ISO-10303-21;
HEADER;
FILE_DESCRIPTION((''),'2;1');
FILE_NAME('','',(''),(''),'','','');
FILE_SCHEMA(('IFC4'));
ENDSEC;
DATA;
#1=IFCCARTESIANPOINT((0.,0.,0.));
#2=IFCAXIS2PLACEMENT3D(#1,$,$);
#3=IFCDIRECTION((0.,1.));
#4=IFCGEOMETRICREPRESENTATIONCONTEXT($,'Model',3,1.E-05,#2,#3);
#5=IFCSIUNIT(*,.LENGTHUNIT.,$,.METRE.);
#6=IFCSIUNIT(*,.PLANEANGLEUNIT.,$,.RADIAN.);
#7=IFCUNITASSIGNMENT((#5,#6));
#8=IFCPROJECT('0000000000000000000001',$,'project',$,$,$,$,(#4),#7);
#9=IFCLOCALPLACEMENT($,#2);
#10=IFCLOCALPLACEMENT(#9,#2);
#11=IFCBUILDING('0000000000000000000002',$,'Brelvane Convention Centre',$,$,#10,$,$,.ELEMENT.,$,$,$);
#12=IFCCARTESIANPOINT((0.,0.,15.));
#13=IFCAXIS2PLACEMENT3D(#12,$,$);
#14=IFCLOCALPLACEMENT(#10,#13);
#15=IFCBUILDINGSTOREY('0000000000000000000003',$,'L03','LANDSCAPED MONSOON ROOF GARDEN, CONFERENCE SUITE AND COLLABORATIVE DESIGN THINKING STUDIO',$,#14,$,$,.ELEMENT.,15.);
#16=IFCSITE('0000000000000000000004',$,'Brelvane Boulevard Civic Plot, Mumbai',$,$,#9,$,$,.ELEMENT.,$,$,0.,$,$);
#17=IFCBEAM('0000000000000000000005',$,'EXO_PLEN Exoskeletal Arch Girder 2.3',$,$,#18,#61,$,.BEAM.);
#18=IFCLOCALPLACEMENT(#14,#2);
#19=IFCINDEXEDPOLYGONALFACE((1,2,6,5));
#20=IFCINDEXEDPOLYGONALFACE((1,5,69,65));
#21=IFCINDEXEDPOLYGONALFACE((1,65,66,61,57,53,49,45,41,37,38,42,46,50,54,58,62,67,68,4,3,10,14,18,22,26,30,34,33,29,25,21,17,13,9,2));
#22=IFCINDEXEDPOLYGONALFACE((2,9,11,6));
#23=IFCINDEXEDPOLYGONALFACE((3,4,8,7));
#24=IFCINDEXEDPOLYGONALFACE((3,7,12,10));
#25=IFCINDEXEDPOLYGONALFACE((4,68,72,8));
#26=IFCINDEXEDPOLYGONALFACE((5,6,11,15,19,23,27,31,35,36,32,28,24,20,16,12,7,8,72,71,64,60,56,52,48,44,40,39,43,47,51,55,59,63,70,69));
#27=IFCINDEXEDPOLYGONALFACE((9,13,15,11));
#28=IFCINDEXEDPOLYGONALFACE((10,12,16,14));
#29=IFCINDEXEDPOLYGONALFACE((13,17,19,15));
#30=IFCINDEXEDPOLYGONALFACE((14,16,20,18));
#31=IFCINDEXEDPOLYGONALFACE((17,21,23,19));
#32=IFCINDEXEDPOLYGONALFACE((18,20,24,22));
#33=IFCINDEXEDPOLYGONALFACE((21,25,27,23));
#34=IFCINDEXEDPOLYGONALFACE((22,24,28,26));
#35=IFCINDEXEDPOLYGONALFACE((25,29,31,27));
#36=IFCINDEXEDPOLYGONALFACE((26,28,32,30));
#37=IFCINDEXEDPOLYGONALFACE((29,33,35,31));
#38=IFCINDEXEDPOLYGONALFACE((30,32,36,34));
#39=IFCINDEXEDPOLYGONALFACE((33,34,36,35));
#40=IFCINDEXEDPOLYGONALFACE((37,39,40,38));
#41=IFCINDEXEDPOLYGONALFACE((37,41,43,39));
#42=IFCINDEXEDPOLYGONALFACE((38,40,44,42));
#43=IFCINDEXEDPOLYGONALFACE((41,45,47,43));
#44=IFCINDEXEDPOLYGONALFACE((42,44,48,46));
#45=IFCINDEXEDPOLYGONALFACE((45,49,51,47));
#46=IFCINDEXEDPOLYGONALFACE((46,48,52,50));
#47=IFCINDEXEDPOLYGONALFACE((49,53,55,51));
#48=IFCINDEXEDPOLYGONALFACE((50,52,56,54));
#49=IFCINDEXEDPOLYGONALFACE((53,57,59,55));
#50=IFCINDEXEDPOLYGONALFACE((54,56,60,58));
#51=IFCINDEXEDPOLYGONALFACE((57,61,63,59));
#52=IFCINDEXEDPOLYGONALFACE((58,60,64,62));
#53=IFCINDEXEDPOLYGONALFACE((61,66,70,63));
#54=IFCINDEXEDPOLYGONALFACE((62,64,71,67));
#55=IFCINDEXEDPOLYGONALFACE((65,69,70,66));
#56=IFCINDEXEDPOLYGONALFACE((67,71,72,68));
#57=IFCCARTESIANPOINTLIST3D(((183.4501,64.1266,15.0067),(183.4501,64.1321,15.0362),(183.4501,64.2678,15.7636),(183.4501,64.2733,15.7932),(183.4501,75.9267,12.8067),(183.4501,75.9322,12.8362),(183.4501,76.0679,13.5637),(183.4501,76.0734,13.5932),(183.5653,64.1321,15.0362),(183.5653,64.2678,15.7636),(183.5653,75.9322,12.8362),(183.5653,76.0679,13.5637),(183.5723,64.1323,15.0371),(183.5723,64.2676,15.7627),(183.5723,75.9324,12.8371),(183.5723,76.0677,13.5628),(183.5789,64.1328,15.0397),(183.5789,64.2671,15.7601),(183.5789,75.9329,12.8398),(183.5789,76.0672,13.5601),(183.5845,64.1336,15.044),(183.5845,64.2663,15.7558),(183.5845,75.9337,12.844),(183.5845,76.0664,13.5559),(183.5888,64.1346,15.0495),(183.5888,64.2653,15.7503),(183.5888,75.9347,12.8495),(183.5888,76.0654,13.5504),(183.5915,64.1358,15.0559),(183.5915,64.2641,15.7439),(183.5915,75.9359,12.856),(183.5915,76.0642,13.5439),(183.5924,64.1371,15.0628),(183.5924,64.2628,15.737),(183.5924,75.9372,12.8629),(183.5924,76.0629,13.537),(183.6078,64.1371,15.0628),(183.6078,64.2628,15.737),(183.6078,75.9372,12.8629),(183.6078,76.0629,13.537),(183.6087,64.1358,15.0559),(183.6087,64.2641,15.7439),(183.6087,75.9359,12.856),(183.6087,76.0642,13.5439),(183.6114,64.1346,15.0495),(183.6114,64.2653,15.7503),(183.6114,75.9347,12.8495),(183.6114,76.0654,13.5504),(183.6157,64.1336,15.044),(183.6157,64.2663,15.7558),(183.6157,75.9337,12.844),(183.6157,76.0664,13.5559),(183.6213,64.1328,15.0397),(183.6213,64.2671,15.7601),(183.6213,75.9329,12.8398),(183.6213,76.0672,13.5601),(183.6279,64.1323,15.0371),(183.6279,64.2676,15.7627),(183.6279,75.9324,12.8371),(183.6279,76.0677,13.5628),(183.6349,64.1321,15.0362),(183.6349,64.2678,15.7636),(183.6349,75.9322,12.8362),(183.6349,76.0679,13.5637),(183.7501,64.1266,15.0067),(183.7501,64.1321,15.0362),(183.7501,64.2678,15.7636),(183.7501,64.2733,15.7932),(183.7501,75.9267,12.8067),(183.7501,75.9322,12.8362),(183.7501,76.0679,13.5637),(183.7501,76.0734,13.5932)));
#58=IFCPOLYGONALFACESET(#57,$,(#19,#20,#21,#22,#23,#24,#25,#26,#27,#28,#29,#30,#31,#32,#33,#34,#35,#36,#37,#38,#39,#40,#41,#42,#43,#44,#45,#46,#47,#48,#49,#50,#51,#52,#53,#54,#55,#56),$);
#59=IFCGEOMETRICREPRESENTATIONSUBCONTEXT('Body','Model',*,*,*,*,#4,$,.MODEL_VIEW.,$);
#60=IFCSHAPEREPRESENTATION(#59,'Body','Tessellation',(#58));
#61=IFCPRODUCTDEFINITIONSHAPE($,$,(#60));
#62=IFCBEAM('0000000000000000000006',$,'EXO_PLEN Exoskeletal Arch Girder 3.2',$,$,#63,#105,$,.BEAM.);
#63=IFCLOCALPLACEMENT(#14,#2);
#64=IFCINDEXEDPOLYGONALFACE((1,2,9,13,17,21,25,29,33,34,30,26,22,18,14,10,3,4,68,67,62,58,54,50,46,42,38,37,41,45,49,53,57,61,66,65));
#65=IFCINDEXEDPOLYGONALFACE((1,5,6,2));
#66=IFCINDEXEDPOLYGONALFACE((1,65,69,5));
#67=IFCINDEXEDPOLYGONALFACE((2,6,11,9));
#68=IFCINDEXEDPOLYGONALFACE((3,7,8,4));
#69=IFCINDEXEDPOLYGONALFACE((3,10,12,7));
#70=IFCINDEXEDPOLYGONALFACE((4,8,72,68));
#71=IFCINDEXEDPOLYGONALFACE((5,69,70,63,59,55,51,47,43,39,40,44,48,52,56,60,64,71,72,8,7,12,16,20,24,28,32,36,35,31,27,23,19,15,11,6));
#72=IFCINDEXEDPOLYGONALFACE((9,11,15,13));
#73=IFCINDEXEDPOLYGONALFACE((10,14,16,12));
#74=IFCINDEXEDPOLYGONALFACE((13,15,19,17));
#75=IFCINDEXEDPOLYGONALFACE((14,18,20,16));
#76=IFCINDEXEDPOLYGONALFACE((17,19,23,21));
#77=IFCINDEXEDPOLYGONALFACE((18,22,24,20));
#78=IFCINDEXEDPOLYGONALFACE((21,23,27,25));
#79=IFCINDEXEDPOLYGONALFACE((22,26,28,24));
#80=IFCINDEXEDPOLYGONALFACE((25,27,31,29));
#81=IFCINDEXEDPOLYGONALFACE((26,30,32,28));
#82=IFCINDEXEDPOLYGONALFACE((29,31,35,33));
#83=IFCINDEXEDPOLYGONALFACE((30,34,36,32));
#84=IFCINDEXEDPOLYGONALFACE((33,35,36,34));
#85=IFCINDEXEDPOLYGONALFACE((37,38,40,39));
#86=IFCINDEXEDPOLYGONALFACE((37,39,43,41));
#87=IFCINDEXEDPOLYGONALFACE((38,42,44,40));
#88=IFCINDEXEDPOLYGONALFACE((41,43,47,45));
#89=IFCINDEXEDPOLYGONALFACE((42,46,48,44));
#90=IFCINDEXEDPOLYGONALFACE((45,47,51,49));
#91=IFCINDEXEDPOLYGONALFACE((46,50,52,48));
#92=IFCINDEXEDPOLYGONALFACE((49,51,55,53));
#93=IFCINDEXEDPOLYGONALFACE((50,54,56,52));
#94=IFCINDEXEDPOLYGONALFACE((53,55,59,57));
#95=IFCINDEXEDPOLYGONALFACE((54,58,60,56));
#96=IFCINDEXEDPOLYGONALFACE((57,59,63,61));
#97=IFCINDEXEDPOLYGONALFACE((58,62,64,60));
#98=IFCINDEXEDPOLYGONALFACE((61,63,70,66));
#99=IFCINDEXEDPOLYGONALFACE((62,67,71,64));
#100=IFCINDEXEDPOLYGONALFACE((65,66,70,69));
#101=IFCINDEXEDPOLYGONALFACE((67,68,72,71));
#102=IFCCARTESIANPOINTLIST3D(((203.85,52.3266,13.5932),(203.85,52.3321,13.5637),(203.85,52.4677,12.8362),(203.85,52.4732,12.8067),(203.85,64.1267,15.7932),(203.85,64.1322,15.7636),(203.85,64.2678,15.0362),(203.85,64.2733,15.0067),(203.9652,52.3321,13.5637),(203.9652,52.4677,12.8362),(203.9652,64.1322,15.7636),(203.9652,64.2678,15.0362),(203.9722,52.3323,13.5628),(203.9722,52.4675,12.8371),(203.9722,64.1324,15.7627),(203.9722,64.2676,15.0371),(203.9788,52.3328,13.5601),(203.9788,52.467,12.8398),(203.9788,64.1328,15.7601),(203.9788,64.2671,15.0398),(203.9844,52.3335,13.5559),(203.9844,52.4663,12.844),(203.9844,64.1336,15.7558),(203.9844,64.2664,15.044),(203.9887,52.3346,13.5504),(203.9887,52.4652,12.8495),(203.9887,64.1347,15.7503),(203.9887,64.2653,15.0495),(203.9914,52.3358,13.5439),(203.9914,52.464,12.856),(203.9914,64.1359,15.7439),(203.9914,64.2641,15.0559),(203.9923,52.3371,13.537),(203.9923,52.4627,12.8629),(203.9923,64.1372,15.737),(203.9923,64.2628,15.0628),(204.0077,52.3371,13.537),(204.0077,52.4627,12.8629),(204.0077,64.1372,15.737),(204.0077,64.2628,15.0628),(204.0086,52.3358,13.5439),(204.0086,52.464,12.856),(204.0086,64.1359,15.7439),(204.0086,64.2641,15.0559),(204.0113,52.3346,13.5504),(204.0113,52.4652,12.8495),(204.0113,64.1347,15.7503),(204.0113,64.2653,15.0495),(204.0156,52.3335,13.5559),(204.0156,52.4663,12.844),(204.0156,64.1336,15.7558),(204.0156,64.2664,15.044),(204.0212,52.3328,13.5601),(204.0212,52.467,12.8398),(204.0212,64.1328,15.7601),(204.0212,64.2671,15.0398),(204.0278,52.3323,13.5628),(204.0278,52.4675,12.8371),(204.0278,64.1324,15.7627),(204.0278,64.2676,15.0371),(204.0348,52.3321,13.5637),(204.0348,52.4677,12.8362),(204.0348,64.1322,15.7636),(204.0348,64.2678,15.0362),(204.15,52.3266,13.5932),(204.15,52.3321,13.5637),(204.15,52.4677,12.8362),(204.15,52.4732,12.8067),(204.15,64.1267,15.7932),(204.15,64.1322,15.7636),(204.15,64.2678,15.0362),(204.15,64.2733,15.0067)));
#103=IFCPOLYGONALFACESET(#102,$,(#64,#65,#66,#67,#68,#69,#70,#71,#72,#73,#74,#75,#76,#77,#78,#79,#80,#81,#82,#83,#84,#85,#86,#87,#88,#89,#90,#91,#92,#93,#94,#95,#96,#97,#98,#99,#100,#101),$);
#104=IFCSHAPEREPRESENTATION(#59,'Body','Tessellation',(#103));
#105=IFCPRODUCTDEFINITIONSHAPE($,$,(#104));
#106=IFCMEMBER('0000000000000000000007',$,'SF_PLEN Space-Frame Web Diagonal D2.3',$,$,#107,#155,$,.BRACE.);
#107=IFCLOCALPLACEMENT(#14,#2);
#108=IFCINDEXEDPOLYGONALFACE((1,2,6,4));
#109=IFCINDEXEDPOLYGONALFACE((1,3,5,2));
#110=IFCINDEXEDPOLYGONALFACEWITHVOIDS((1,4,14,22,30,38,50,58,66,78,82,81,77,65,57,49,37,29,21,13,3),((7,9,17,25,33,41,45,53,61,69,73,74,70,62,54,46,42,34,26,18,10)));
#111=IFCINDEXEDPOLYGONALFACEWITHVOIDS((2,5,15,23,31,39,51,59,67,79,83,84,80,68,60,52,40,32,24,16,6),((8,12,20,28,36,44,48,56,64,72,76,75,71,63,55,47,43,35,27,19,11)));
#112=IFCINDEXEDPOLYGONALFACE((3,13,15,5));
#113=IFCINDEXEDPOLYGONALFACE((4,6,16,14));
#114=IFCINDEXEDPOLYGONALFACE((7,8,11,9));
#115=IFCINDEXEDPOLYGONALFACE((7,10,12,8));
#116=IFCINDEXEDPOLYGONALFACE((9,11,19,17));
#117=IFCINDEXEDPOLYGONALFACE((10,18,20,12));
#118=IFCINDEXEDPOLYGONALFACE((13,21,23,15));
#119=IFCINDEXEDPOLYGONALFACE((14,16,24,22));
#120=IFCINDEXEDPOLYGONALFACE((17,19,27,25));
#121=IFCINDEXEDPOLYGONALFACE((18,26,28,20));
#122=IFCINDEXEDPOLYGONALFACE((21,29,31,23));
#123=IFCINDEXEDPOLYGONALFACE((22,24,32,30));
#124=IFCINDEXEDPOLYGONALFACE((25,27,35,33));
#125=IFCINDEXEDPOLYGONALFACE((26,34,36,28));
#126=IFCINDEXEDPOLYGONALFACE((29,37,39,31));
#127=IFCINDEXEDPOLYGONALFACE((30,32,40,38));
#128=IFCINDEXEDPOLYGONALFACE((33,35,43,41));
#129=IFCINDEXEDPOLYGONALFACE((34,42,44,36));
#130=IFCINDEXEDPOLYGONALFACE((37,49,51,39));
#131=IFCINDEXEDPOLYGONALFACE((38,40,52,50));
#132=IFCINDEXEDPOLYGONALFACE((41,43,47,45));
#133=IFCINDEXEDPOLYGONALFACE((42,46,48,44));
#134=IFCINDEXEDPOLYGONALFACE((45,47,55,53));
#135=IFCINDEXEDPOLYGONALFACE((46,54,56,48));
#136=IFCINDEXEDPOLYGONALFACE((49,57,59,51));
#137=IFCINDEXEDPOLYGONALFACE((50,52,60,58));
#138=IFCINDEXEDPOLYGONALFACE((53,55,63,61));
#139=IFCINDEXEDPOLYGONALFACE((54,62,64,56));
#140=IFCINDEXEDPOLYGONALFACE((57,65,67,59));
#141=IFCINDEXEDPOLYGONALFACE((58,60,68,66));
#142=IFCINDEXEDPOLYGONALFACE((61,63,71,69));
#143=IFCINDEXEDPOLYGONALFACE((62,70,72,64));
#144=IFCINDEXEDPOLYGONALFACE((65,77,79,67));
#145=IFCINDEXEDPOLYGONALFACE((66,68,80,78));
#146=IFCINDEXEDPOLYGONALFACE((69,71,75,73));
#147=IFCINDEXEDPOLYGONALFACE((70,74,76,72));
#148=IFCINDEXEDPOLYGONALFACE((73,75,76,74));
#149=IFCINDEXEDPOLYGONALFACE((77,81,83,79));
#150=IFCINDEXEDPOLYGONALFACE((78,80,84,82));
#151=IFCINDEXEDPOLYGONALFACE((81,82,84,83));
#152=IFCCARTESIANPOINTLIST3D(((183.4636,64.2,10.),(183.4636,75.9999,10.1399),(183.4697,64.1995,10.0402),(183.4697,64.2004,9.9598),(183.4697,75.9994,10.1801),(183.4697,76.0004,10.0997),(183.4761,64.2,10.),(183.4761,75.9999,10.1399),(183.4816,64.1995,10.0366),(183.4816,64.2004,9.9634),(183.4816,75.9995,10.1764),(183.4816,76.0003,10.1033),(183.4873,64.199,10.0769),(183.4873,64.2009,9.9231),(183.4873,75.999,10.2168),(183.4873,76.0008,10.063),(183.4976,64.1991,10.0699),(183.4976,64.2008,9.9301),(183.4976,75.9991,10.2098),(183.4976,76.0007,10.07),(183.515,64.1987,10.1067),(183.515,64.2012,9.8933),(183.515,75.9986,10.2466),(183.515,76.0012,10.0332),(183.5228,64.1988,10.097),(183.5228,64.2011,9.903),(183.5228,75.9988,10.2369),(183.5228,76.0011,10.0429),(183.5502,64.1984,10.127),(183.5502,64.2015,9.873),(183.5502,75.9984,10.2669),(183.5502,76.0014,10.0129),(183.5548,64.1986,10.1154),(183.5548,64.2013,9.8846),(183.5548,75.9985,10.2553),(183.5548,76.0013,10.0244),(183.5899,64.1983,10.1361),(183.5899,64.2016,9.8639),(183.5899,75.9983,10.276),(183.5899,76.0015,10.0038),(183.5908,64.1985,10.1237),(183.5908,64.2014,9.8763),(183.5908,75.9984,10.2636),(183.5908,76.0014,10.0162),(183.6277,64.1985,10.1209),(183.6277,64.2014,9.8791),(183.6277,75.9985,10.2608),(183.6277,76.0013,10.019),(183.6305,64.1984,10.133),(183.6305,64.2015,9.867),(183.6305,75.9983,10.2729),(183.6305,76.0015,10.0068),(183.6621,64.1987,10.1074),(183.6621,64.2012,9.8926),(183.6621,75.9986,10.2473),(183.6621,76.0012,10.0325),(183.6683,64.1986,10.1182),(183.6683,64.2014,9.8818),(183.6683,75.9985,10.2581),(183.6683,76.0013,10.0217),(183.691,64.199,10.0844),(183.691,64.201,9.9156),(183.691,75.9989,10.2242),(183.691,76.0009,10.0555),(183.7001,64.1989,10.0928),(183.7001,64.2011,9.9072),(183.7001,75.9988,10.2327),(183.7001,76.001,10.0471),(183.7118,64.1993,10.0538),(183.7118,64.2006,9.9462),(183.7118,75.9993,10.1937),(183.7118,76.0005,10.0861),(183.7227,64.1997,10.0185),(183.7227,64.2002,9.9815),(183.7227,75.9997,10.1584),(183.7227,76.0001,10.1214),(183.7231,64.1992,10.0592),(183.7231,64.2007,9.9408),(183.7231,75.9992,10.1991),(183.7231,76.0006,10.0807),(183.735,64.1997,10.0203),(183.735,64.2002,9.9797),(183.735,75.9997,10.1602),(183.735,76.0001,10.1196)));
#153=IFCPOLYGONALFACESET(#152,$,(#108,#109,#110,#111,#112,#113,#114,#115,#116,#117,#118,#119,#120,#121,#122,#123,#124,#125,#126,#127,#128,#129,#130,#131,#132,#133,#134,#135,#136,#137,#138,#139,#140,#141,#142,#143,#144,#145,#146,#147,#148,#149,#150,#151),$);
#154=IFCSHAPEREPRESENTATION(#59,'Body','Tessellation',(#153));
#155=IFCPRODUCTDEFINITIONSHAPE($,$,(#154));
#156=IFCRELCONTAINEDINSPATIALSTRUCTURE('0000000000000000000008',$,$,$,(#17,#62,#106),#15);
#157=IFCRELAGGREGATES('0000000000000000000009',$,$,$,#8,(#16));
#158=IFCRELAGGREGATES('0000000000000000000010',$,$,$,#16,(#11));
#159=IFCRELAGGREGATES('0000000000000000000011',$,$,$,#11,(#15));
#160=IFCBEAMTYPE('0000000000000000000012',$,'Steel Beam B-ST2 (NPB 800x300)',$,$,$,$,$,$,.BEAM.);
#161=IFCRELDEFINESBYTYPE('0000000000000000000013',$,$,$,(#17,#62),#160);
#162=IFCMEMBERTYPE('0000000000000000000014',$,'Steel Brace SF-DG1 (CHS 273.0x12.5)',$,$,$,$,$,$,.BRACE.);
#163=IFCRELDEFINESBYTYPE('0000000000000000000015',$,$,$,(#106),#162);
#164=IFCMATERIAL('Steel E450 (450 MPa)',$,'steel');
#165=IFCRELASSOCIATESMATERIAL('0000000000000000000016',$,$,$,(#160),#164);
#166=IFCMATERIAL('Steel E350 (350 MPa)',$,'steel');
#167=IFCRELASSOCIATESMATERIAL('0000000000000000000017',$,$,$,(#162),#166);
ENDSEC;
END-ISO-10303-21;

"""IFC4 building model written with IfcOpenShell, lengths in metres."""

from ifc_helpers import new_model, si_unit, direction, frame, origin, origin_2d, place, context, subcontext, project, spatial, hollow_circle, i_section, extrude, material, material_profile, profile_set, type_object, element, save


model = new_model("IFC4")

# Units and contexts
model_context = context("Model", 3, precision=1e-05, world=origin(), true_north=direction((0.0, 1.0)))
body_context = subcontext(model_context, "Body", "Model", "MODEL_VIEW")
ifc_project = project(units=[si_unit("LENGTHUNIT", "METRE"), si_unit("PLANEANGLEUNIT", "RADIAN")], contexts=[model_context])

# Site, building, storey
site_placement = place(None, origin())
site = spatial("IfcSite", under=ifc_project, at=site_placement, Name="Brelvane Boulevard Civic Plot, Mumbai", CompositionType="ELEMENT", RefElevation=0.0)
building_placement = place(site_placement, origin())
building = spatial("IfcBuilding", under=site, at=building_placement, Name="Brelvane Convention Centre", CompositionType="ELEMENT")
storey_placement = place(building_placement, frame((0.0, 0.0, 15.0)))
storey = spatial("IfcBuildingStorey", under=building, at=storey_placement, Name="L03", Description="LANDSCAPED MONSOON ROOF GARDEN, CONFERENCE SUITE AND COLLABORATIVE DESIGN THINKING STUDIO", CompositionType="ELEMENT", Elevation=15.0)

# Beams
ifc_material_1 = material(Name="Steel E450 (450 MPa)", Category="steel")
ifc_material_profile_1 = material_profile(ifc_material_1, i_section(OverallWidth=0.3, OverallDepth=0.8, WebThickness=0.0154, FlangeThickness=0.03, FilletRadius=0.0271, at=origin_2d()), Name="NPB 800x300")
ifc_profile_set_1 = profile_set([ifc_material_profile_1], Name="Steel E450 (450 MPa)")
beam_type = type_object("IfcBeamType", Name="Steel Beam B-ST2 (NPB 800x300)", PredefinedType="BEAM", material=ifc_profile_set_1)
for number, where, z_axis, x_axis, name in (
    (1, (183.6001, 64.2, 15.3999), (0.0, 0.983061, -0.183278), (-1.0, 0.0, 0.0), "EXO_PLEN Exoskeletal Arch Girder 2.3"),
    (2, (204.0, 52.3999, 13.2), (0.0, 0.983061, 0.183278), (-1.0, 0.0, 0.0), "EXO_PLEN Exoskeletal Arch Girder 3.2"),
):
    element("IfcBeam", number, at=place(storey_placement, frame(where, z_axis=z_axis, x_axis=x_axis)), inside=storey, type_object=beam_type, Name=name, PredefinedType="BEAM", context=body_context, shape_type="SweptSolid", body=[
        extrude(i_section(OverallWidth=0.3, OverallDepth=0.8, WebThickness=0.0154, FlangeThickness=0.03, FilletRadius=0.0271, at=origin_2d()), origin(), (0.0, 0.0, 1.0), 12.0034),
    ])

# Member
ifc_material_2 = material(Name="Steel E350 (350 MPa)", Category="steel")
ifc_material_profile_2 = material_profile(ifc_material_2, hollow_circle(Radius=0.1365, WallThickness=0.0125, at=origin_2d()), Name="CHS 273.0x12.5")
ifc_profile_set_2 = profile_set([ifc_material_profile_2], Name="Steel E350 (350 MPa)")
member_type_1 = type_object("IfcMemberType", Name="Steel Brace SF-DG1 (CHS 273.0x12.5)", PredefinedType="BRACE", material=ifc_profile_set_2)
member_1_placement = place(storey_placement, frame((183.6001, 64.2, 10.0), z_axis=(0.0, 0.99993, 0.011854), x_axis=(-1.0, 0.0, 0.0)))
element("IfcMember", 3, at=member_1_placement, inside=storey, type_object=member_type_1, Name="SF_PLEN Space-Frame Web Diagonal D2.3", PredefinedType="BRACE", context=body_context, shape_type="SweptSolid", body=[
    extrude(hollow_circle(Radius=0.1365, WallThickness=0.0125, at=origin_2d()), origin(), (0.0, 0.0, 1.0), 11.8008),
])

save(model, "model.ifc")
